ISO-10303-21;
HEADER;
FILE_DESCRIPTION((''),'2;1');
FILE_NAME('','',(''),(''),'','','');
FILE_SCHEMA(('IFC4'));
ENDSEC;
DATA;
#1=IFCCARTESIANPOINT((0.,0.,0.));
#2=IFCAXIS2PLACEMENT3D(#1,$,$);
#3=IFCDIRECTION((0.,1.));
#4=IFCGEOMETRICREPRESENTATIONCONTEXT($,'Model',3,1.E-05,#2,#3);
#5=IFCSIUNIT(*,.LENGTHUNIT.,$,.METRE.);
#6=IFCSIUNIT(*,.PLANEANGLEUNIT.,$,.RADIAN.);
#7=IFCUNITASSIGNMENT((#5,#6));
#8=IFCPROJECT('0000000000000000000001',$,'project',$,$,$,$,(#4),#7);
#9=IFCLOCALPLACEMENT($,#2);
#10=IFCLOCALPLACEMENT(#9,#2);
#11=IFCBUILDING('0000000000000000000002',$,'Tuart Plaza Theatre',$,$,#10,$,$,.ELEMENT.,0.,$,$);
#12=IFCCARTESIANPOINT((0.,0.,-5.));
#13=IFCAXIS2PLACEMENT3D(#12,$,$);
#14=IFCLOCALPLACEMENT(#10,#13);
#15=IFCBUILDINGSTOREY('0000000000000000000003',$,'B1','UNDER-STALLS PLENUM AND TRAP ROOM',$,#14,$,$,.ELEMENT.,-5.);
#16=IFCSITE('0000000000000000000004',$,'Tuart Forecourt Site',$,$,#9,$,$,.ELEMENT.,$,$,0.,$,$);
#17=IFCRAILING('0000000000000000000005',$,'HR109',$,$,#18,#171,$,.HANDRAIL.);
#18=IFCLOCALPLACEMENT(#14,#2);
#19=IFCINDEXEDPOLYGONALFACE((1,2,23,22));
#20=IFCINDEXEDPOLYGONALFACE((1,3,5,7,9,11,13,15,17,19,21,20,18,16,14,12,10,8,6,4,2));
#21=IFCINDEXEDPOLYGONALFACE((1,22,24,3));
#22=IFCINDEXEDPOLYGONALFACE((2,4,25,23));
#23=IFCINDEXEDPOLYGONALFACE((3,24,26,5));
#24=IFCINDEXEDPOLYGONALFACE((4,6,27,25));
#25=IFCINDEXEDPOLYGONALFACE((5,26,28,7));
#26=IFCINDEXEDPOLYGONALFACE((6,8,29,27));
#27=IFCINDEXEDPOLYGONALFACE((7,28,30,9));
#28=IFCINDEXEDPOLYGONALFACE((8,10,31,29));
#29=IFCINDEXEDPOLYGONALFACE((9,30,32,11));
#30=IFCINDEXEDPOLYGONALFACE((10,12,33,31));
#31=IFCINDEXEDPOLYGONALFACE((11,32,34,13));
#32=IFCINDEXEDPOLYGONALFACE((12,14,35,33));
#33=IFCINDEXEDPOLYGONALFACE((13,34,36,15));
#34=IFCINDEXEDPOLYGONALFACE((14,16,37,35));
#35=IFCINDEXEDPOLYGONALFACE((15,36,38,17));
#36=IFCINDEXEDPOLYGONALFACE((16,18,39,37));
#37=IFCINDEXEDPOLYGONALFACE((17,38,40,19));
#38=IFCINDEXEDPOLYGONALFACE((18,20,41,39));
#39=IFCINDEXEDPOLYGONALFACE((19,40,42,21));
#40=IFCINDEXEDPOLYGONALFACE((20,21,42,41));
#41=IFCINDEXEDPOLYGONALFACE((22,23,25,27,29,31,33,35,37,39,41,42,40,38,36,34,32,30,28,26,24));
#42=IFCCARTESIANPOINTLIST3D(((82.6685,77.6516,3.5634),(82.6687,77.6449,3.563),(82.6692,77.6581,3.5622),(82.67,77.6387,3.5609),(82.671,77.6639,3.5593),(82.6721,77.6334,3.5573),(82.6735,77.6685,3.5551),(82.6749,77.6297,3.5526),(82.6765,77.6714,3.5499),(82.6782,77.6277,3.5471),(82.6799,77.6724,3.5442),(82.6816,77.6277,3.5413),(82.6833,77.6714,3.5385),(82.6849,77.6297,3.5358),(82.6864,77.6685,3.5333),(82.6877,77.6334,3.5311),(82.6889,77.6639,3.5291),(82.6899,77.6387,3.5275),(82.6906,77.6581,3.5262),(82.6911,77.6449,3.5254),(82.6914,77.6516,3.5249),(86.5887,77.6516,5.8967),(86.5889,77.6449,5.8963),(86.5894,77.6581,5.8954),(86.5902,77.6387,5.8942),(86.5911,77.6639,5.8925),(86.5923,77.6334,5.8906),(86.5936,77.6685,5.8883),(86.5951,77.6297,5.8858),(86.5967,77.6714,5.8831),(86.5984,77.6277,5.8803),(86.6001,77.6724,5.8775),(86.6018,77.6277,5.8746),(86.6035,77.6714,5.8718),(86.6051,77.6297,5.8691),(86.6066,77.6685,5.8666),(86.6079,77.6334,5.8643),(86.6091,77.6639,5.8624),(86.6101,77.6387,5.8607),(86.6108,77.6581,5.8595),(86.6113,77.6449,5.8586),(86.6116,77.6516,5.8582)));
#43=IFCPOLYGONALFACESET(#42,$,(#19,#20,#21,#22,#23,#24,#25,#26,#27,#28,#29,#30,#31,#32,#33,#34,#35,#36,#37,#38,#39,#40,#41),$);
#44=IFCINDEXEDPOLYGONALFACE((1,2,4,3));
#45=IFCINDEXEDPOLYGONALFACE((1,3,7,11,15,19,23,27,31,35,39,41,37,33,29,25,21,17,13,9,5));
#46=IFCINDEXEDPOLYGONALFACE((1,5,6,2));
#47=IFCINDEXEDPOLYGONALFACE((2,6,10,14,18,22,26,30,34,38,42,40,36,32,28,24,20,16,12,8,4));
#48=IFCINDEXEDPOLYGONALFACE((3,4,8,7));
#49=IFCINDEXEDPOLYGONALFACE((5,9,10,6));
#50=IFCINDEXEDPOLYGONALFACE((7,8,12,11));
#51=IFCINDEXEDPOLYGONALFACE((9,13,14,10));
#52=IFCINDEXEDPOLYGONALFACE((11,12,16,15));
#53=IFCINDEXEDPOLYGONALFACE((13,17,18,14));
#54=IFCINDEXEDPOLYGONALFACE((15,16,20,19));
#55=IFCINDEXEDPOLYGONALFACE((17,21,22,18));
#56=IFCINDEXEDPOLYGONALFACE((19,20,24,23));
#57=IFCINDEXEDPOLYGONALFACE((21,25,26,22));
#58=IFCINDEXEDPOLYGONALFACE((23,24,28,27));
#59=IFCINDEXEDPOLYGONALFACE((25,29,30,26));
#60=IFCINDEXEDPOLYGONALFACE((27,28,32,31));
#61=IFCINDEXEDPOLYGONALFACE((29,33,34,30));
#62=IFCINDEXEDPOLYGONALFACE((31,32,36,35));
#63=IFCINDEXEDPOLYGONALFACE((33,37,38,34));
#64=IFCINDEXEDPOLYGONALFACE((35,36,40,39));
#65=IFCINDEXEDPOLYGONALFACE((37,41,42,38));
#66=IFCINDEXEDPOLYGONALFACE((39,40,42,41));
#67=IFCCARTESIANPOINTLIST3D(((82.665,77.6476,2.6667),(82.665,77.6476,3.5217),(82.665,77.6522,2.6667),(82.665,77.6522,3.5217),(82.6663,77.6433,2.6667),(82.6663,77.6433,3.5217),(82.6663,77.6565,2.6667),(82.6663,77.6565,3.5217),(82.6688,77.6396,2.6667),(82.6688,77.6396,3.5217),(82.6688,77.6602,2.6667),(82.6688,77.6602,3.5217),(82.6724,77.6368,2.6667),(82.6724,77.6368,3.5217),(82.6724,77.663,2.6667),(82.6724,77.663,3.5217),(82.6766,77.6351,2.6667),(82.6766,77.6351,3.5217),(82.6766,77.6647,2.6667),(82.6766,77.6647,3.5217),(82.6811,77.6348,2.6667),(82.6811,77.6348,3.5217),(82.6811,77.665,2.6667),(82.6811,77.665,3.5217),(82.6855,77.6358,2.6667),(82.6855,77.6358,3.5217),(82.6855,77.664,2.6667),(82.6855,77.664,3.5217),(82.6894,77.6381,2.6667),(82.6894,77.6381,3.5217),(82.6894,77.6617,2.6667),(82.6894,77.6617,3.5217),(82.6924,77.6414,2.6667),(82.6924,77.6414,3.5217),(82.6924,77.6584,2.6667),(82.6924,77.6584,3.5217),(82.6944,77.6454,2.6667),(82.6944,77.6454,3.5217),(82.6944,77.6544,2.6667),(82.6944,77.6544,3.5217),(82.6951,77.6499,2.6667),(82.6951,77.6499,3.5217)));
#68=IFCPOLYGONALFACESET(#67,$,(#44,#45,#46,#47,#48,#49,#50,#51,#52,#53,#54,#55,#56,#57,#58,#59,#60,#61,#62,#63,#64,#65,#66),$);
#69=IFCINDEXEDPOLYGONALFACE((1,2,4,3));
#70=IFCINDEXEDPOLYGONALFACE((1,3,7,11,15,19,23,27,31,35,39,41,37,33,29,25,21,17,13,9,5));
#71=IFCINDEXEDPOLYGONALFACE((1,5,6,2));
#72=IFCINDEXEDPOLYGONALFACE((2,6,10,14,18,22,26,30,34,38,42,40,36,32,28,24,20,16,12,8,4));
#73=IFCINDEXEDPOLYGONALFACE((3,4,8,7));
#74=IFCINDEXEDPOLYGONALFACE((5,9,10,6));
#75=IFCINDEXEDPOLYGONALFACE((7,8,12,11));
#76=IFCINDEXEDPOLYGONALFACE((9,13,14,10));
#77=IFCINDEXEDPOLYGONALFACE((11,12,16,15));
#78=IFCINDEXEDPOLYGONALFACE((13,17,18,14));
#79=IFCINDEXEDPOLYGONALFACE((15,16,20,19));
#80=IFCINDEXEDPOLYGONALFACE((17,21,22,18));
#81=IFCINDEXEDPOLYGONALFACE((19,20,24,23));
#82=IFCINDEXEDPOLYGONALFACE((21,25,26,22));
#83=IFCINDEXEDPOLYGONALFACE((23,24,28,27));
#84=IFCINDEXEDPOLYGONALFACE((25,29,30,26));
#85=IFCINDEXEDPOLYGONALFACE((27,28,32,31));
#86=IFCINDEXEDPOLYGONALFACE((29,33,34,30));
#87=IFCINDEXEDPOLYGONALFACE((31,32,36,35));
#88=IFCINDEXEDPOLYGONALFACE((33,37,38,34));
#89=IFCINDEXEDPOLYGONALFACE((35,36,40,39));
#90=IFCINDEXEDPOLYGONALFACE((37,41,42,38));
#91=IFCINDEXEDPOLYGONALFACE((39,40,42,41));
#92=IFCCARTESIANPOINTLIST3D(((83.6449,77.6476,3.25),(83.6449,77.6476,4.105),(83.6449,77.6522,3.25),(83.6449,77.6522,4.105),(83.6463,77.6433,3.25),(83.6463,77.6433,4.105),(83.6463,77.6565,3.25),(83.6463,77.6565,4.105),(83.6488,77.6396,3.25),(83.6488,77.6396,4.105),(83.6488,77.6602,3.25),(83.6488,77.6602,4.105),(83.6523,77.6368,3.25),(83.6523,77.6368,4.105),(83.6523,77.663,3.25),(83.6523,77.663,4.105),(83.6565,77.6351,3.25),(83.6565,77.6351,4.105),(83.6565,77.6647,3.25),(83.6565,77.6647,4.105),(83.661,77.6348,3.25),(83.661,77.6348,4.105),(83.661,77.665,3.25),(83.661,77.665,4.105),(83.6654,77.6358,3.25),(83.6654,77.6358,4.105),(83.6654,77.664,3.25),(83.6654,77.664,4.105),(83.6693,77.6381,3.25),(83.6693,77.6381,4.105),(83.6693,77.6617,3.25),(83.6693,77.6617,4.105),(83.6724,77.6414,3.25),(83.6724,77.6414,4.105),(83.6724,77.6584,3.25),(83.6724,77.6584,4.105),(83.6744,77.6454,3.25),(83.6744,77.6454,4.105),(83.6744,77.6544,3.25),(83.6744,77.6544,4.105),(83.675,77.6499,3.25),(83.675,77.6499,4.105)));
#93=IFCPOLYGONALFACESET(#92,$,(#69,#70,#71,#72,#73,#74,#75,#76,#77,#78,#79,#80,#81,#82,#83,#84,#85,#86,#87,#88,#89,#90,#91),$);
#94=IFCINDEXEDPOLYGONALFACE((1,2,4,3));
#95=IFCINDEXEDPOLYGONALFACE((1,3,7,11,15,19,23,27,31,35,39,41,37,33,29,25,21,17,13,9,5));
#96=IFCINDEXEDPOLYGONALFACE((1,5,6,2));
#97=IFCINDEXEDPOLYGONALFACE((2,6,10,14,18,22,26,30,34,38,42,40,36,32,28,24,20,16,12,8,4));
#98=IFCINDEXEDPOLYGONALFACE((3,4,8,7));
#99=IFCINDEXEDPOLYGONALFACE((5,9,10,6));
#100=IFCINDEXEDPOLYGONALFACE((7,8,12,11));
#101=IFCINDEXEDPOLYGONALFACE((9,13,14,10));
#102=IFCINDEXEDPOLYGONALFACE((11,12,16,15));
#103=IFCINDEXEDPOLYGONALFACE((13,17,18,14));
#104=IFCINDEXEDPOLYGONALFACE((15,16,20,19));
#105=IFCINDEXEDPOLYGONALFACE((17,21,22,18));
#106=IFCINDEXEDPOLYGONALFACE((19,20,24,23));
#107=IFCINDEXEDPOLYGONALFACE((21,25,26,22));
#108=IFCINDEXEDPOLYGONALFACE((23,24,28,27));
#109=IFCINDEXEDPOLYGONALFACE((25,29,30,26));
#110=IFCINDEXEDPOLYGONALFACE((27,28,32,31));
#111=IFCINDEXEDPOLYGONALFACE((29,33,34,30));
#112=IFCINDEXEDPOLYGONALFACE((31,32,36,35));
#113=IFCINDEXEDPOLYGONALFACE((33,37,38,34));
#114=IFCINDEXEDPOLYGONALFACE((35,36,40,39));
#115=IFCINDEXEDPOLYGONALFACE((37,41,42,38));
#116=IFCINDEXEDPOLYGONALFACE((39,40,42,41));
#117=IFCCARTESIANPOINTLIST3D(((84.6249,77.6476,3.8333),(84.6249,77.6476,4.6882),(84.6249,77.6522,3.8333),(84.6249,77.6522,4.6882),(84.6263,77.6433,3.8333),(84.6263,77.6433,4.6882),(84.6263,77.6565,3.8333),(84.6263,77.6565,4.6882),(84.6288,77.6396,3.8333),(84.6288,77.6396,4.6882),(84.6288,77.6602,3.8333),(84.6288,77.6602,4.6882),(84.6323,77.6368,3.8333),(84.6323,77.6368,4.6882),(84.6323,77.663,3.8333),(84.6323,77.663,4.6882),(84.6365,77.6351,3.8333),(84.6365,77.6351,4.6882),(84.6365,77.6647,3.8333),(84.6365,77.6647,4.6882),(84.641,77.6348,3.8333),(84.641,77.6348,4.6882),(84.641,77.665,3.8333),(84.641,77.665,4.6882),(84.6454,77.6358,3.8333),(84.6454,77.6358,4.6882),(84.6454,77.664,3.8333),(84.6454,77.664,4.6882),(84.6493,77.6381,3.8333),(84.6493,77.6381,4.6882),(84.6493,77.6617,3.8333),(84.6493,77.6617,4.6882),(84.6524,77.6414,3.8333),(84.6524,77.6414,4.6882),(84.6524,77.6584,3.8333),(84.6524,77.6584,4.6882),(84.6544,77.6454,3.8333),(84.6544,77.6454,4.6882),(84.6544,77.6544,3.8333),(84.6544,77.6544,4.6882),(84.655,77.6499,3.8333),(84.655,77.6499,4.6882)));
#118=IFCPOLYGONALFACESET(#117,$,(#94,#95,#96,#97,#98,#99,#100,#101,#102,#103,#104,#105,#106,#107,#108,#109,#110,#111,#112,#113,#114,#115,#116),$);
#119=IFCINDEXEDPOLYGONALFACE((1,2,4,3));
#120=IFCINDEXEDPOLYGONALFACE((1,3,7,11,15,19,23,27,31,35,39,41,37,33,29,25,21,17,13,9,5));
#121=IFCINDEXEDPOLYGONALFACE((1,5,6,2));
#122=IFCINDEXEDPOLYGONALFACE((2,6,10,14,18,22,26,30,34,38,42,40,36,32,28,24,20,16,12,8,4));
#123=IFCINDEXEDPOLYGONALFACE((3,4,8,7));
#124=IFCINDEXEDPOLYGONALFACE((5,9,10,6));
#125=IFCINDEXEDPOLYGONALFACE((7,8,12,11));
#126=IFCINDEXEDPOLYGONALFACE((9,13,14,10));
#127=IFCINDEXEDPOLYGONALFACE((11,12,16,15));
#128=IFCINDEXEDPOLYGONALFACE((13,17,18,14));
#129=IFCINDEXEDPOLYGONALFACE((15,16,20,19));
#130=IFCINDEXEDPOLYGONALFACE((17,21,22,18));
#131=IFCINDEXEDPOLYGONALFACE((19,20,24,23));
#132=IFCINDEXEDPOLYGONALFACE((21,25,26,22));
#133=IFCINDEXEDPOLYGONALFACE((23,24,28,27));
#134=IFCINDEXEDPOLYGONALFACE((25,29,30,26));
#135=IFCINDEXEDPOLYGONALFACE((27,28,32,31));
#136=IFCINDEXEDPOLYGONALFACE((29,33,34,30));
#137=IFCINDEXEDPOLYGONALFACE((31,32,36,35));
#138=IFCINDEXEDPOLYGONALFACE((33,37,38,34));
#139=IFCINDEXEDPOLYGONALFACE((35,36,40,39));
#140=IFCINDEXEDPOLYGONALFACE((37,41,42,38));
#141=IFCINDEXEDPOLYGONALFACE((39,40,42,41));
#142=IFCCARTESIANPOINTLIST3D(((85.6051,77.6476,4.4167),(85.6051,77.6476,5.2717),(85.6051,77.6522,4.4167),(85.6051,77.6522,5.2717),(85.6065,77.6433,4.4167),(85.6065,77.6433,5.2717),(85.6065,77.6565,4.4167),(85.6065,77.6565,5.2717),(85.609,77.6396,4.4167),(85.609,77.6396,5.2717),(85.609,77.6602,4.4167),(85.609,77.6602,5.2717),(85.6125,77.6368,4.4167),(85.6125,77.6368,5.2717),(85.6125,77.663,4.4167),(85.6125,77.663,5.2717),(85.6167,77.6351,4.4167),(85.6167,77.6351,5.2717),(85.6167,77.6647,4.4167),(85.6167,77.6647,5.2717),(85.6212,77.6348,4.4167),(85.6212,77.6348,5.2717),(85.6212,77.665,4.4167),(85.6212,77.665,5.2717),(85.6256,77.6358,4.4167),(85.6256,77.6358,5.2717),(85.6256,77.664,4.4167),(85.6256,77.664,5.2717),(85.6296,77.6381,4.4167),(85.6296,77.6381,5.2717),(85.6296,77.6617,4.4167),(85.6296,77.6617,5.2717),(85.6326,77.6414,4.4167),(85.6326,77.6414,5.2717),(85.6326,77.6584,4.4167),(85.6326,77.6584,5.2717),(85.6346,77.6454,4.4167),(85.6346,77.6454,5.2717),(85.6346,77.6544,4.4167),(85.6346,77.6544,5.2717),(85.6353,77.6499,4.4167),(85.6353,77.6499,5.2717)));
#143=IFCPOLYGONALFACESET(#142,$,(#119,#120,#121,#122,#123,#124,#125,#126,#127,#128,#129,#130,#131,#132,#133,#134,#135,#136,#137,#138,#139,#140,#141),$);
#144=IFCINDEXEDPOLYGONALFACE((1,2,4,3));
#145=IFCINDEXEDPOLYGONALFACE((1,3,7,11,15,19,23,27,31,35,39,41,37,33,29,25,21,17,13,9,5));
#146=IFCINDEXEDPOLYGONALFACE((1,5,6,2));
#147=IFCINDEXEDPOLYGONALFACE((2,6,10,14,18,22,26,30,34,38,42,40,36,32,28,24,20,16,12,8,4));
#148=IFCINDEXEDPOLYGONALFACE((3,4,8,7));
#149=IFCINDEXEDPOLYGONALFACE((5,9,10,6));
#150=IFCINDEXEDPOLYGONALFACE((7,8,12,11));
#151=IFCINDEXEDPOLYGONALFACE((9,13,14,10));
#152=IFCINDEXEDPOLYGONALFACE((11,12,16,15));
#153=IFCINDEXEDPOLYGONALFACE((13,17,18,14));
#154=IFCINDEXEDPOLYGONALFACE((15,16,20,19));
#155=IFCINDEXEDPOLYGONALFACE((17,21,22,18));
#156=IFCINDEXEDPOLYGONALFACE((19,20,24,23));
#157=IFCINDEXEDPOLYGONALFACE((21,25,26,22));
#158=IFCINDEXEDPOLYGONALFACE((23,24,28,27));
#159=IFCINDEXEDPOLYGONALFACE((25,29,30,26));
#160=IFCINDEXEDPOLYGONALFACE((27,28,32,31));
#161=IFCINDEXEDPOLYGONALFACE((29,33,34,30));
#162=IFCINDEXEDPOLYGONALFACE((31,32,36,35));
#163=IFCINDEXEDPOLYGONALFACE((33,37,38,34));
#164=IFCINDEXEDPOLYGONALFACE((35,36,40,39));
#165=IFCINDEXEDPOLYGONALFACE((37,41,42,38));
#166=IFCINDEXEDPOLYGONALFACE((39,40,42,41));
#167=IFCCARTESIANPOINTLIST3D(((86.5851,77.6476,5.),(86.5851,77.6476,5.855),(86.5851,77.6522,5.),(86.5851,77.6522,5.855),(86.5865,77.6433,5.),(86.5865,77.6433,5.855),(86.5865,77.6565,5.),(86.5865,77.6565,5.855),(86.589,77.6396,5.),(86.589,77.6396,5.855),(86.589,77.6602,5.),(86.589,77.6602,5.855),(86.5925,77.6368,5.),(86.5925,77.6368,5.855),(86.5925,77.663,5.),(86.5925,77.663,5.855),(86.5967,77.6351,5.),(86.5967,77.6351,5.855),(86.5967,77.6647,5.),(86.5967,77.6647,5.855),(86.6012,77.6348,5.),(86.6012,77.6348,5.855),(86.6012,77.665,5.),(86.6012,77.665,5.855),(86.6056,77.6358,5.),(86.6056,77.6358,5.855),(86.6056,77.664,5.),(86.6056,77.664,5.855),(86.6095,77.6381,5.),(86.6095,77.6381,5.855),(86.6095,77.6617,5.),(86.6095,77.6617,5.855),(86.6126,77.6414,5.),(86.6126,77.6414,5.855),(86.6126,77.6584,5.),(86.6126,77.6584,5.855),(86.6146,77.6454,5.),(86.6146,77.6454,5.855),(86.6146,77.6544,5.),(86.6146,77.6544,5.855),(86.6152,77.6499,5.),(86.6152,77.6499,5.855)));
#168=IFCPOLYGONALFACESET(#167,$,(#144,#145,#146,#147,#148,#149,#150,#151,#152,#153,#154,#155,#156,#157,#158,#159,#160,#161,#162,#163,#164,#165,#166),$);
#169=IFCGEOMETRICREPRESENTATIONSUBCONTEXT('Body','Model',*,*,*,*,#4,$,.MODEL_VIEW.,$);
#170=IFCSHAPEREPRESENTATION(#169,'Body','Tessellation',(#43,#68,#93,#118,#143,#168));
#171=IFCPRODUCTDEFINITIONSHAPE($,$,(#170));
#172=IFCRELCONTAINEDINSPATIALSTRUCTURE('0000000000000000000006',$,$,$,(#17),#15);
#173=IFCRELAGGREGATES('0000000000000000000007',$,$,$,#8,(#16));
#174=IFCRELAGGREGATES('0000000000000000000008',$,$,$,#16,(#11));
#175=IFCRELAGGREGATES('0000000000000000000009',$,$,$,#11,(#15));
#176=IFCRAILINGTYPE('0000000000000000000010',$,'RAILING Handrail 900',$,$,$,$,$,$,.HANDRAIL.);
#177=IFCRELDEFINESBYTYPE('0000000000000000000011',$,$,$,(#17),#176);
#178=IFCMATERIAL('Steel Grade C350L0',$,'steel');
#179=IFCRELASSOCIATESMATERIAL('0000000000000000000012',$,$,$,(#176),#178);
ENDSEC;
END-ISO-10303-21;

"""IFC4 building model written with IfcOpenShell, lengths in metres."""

from ifc_helpers import new_model, si_unit, direction, frame, origin, origin_2d, place, context, subcontext, project, spatial, circle, extrude, material, type_object, element, save


model = new_model("IFC4")

# Units and contexts
model_context = context("Model", 3, precision=1e-05, world=origin(), true_north=direction((0.0, 1.0)))
body_context = subcontext(model_context, "Body", "Model", "MODEL_VIEW")
ifc_project = project(units=[si_unit("LENGTHUNIT", "METRE"), si_unit("PLANEANGLEUNIT", "RADIAN")], contexts=[model_context])

# Site, building, storey
site_placement = place(None, origin())
site = spatial("IfcSite", under=ifc_project, at=site_placement, Name="Tuart Forecourt Site", CompositionType="ELEMENT", RefElevation=0.0)
building_placement = place(site_placement, origin())
building = spatial("IfcBuilding", under=site, at=building_placement, Name="Tuart Plaza Theatre", CompositionType="ELEMENT", ElevationOfRefHeight=0.0)
storey_placement = place(building_placement, frame((0.0, 0.0, -5.0)))
storey = spatial("IfcBuildingStorey", under=building, at=storey_placement, Name="B1", Description="UNDER-STALLS PLENUM AND TRAP ROOM", CompositionType="ELEMENT", Elevation=-5.0)

# Railing
ifc_material_1 = material(Name="Steel Grade C350L0", Category="steel")
railing_type_1 = type_object("IfcRailingType", Name="RAILING Handrail 900", PredefinedType="HANDRAIL", material=ifc_material_1)
for number, where, name in (
    (1, (82.6799, 77.6499, 2.6667), "HR109"),
):
    element("IfcRailing", number, at=place(storey_placement, frame(where)), inside=storey, type_object=railing_type_1, Name=name, PredefinedType="HANDRAIL", context=body_context, shape_type="SweptSolid", body=[
        extrude(circle(Radius=0.0225, at=origin_2d()), frame((0.0, 0.0, 0.8774), z_axis=(0.85931, 0.0, 0.511455), x_axis=(0.0, 1.0, 0.0)), (0.0, 0.0, 1.0), 4.562),
        extrude(circle(Radius=0.0151, at=origin_2d()), origin(), (0.0, 0.0, 1.0), 0.855),
        extrude(circle(Radius=0.0151, at=origin_2d()), frame((0.98, 0.0, 0.5833)), (0.0, 0.0, 1.0), 0.855),
        extrude(circle(Radius=0.0151, at=origin_2d()), frame((1.96, 0.0, 1.1665)), (0.0, 0.0, 1.0), 0.855),
        extrude(circle(Radius=0.0151, at=origin_2d()), frame((2.9402, 0.0, 1.75)), (0.0, 0.0, 1.0), 0.855),
        extrude(circle(Radius=0.0151, at=origin_2d()), frame((3.9202, 0.0, 2.3333)), (0.0, 0.0, 1.0), 0.855),
    ])

save(model, "model.ifc")
